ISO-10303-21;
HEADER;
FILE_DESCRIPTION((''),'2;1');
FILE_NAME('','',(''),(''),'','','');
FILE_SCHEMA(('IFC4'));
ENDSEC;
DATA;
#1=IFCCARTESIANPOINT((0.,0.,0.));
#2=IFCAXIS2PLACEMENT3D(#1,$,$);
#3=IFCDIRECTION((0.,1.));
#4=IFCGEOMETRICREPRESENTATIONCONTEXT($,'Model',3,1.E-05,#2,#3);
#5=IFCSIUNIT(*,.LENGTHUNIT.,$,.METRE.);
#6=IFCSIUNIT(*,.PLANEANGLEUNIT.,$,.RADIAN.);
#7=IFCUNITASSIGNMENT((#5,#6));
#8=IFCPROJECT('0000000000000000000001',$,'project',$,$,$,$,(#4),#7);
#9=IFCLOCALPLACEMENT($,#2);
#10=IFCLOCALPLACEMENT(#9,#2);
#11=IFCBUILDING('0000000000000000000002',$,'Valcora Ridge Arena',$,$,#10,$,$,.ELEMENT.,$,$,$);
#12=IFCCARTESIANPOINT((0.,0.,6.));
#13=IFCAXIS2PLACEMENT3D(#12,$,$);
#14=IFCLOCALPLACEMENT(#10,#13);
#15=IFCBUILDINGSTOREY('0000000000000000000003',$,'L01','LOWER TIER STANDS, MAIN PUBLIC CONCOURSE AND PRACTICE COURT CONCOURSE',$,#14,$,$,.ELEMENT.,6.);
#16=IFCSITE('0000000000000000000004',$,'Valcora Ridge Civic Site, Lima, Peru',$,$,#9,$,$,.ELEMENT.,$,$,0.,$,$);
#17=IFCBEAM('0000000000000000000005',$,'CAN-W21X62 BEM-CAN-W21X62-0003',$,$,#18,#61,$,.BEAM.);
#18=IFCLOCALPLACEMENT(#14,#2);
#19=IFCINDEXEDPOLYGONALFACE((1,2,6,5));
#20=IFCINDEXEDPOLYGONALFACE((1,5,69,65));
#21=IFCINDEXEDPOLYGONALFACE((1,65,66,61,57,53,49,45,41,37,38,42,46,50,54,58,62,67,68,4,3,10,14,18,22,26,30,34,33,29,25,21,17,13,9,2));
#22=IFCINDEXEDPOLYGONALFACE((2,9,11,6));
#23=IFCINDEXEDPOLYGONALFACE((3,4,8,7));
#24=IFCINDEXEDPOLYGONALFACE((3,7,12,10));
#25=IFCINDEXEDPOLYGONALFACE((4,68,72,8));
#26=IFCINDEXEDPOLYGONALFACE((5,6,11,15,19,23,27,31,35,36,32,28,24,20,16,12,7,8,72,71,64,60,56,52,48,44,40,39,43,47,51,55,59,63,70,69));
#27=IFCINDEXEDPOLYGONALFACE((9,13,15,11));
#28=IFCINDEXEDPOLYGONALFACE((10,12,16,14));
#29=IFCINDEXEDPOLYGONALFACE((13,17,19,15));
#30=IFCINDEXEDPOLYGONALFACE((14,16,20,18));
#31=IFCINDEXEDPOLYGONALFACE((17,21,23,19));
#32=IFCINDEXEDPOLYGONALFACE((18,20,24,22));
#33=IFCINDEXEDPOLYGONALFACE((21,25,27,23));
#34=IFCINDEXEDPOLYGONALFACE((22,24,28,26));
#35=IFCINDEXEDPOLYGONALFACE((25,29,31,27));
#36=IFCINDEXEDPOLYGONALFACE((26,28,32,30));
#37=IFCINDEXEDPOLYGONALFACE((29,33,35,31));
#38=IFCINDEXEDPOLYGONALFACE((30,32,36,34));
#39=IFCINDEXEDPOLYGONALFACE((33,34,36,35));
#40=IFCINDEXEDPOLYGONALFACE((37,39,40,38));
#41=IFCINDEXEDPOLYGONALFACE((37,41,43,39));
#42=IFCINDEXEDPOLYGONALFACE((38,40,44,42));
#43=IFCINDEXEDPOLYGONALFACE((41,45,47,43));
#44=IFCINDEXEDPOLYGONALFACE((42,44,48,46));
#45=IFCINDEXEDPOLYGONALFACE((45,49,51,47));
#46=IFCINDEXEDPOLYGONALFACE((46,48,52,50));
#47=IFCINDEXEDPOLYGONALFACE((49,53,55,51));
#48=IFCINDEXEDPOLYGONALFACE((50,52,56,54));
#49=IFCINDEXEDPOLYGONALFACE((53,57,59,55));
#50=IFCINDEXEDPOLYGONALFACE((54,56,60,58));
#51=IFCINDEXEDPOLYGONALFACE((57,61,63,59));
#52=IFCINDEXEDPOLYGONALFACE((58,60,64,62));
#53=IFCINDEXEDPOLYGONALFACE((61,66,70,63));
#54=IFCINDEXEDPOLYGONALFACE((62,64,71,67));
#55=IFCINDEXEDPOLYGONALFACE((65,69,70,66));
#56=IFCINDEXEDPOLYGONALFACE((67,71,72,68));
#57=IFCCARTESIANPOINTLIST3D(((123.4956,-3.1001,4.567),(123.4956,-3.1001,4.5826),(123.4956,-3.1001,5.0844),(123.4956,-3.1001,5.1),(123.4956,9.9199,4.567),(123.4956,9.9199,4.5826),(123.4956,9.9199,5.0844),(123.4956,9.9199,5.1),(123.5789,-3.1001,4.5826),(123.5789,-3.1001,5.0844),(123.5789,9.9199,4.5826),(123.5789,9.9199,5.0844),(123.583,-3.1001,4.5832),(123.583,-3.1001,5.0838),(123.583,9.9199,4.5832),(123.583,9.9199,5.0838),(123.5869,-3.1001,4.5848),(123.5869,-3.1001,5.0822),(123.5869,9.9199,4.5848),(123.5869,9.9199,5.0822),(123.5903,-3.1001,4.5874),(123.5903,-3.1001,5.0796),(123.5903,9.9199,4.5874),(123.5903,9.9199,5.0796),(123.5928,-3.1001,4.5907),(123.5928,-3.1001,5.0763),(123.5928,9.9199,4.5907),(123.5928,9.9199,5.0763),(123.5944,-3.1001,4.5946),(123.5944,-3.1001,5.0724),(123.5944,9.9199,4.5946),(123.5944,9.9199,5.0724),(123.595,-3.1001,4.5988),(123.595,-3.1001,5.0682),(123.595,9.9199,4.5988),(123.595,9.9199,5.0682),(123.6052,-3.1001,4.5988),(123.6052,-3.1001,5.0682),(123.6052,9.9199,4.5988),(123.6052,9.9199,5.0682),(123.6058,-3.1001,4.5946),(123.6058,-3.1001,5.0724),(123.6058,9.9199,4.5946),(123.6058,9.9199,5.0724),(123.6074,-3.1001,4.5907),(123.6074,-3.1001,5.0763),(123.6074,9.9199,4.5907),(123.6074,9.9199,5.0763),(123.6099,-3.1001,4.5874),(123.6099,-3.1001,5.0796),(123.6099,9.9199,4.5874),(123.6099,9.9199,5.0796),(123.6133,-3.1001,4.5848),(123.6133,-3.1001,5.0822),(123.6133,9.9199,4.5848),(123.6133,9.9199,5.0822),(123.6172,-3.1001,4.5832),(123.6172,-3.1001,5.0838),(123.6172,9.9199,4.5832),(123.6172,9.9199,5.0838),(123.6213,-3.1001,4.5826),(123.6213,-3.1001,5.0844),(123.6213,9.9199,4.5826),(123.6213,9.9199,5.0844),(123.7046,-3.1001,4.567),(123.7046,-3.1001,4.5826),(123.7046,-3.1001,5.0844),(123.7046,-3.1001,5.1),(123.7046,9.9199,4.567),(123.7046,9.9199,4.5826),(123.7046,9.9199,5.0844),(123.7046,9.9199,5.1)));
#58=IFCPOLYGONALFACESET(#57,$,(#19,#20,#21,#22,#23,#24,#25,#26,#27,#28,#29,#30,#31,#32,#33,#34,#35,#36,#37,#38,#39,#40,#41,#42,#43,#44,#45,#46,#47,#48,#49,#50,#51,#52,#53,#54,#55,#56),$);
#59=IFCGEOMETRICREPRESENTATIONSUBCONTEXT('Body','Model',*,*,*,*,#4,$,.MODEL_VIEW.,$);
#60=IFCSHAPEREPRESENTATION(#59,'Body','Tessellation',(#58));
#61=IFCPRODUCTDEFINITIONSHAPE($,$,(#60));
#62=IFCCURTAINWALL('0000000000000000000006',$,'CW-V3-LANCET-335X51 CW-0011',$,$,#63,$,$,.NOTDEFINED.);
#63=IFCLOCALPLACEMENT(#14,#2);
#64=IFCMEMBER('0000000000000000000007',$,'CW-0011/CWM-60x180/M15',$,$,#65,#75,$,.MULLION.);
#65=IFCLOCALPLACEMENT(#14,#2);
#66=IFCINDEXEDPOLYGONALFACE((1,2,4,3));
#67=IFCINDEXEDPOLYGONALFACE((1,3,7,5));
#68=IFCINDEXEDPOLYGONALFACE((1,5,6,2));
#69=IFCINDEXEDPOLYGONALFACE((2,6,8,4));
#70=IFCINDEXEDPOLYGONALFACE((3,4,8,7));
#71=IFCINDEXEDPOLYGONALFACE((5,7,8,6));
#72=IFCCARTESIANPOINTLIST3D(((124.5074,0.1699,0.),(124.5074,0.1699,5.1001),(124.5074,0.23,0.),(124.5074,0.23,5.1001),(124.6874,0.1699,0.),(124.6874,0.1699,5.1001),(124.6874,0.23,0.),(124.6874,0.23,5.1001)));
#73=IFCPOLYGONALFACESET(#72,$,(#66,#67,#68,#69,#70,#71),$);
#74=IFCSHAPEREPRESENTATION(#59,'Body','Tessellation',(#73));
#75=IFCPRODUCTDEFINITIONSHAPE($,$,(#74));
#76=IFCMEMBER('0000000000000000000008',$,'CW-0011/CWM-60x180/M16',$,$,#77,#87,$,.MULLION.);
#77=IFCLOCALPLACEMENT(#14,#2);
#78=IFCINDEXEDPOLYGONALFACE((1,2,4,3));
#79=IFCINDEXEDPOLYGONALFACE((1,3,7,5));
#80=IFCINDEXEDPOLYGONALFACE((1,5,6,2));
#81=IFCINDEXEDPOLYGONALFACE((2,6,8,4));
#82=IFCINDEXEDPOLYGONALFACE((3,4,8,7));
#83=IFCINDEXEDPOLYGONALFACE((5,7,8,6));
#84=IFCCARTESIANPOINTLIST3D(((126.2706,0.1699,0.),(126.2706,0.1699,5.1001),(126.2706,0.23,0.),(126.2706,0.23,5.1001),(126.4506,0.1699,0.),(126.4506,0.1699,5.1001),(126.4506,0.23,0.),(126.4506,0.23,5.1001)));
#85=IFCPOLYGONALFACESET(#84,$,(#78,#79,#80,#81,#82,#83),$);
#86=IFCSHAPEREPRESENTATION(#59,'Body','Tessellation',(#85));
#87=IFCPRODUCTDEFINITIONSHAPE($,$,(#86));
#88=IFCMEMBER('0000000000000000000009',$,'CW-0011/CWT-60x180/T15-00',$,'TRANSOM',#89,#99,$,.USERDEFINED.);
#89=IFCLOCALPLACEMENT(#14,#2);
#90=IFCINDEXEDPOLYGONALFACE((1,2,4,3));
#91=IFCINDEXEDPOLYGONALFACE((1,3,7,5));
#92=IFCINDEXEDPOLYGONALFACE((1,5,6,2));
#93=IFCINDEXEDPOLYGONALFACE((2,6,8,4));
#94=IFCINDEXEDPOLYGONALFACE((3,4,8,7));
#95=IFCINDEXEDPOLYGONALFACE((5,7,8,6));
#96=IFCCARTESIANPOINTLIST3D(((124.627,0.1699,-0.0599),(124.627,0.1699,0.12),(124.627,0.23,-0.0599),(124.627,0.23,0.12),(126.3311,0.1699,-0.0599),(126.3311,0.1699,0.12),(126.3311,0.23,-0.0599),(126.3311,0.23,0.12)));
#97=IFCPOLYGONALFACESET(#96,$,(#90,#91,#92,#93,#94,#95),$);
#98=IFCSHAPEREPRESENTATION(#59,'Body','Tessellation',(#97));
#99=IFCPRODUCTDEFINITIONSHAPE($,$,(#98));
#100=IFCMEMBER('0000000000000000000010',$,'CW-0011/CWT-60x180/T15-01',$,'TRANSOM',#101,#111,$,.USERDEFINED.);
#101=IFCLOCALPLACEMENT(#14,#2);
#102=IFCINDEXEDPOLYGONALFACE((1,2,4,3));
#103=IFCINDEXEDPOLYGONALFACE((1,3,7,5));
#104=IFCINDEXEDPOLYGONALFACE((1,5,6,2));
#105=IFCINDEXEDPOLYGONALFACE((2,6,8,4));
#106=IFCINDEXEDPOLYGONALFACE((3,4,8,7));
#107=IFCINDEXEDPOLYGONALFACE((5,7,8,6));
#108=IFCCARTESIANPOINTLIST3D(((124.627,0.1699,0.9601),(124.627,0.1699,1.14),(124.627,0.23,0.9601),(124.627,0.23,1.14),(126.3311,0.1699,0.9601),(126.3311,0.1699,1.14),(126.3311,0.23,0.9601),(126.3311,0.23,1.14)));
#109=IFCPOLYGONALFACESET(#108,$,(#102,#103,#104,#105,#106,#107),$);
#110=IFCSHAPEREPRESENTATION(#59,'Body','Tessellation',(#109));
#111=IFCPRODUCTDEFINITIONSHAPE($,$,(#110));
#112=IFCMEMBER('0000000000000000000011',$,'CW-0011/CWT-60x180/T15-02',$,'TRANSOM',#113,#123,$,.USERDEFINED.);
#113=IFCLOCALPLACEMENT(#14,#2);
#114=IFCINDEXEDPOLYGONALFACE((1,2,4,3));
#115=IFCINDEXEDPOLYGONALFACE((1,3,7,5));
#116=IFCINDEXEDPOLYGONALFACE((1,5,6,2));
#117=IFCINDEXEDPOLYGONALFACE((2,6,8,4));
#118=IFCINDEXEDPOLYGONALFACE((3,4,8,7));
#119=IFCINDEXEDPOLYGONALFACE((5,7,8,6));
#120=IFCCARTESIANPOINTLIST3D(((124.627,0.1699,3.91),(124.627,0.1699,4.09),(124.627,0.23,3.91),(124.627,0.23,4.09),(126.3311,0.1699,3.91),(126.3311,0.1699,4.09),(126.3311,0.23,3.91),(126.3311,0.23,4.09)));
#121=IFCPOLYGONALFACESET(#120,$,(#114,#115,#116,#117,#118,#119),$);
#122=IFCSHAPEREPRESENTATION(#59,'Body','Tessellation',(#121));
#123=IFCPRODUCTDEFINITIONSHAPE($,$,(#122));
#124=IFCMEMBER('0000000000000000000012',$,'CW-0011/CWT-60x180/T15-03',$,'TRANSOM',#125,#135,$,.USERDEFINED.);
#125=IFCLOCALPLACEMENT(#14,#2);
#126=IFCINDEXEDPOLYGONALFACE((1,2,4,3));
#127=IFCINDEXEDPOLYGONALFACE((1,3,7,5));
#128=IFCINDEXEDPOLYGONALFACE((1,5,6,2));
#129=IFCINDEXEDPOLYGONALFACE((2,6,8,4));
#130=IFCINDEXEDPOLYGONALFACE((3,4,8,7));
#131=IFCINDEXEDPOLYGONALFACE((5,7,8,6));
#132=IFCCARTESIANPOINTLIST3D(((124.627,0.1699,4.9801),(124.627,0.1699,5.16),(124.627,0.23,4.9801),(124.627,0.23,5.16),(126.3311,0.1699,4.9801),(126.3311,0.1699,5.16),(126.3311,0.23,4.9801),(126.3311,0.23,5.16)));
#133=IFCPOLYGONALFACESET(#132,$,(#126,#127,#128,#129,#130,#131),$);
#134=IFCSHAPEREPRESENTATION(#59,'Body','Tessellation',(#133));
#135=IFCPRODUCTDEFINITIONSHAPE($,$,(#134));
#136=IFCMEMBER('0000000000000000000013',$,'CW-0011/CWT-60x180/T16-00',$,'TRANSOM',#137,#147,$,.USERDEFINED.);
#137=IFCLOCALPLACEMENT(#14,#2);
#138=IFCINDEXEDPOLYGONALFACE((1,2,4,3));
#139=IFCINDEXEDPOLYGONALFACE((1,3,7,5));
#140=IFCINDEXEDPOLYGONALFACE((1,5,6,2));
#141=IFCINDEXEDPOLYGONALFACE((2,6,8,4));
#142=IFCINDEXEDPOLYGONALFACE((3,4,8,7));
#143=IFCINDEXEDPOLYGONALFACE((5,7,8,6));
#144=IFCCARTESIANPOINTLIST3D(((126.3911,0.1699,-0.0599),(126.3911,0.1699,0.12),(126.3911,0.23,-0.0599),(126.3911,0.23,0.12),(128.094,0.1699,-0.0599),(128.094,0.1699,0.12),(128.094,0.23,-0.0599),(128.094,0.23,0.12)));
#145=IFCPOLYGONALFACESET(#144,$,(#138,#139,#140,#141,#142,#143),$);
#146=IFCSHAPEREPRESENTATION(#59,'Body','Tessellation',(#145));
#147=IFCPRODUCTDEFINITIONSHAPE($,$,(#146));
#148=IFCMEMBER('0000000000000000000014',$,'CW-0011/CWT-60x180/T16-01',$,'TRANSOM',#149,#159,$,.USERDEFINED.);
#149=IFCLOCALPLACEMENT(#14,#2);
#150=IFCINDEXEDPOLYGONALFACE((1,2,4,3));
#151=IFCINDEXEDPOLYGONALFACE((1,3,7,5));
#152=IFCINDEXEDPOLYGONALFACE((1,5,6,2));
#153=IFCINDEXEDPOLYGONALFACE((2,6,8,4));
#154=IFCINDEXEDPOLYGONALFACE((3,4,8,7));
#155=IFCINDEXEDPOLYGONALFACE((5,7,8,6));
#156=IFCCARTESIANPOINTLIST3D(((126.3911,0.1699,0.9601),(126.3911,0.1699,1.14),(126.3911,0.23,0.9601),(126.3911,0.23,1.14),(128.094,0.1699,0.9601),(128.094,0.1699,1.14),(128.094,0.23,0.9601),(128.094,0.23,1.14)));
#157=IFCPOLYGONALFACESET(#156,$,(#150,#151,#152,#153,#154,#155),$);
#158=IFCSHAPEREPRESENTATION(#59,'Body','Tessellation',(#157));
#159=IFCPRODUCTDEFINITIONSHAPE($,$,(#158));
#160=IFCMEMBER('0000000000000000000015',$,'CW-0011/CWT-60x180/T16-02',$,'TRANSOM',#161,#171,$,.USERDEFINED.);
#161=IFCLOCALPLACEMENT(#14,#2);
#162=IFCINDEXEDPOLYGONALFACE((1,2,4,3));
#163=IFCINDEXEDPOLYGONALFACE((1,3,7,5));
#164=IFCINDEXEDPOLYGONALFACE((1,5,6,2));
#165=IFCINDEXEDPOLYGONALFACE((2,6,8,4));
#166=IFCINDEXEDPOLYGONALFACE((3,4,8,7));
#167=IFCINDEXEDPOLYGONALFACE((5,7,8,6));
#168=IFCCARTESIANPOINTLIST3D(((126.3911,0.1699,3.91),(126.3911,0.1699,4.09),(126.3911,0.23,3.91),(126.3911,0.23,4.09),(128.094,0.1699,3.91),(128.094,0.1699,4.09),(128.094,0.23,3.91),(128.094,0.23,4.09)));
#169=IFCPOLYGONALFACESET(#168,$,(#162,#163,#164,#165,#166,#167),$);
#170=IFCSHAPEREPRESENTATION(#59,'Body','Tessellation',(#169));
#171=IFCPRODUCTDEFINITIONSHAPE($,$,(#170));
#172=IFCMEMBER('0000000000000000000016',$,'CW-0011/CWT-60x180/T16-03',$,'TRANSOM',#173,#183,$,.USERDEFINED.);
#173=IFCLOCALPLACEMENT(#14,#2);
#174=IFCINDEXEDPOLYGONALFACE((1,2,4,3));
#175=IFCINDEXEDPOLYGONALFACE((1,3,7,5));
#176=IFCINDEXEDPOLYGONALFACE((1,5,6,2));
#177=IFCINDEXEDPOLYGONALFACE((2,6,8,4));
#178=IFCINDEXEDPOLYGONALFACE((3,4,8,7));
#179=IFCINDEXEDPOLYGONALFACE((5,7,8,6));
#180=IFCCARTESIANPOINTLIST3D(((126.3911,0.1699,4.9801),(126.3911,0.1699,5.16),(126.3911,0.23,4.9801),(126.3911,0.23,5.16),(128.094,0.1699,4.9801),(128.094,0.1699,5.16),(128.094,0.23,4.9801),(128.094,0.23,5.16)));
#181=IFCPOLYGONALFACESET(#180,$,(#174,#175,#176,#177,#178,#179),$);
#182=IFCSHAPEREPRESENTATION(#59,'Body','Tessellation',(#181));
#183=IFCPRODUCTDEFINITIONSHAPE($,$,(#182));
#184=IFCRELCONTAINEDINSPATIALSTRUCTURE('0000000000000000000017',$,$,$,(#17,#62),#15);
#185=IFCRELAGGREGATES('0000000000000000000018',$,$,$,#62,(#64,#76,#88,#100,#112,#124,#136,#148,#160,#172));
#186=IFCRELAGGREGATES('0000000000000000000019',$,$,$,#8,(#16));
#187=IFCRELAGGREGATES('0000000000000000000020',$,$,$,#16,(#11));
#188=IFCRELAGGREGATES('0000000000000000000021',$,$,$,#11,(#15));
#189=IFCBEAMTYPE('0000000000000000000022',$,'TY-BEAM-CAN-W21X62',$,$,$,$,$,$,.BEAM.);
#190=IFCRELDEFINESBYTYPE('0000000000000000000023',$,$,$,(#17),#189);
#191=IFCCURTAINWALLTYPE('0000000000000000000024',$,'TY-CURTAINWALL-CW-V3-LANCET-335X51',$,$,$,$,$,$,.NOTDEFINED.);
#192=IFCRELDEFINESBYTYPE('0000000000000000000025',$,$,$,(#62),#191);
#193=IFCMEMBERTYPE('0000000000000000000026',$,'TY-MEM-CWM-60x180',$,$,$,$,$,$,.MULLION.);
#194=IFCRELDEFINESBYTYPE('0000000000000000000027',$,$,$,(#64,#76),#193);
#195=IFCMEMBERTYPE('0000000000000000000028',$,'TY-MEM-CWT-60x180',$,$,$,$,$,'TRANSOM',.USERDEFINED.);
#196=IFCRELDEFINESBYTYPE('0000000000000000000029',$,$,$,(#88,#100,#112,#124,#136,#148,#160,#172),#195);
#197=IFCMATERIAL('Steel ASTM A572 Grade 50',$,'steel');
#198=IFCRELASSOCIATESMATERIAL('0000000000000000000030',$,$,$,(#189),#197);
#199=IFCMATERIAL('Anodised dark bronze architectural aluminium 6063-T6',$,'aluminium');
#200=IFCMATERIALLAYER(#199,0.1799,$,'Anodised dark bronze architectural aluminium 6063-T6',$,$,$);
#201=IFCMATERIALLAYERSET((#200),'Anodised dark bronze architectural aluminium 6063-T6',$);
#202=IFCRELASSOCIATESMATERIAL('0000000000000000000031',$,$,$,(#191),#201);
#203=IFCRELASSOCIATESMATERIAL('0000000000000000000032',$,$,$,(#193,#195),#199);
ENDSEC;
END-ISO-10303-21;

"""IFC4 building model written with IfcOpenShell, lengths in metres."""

from ifc_helpers import new_model, si_unit, direction, frame, origin, origin_2d, place, context, subcontext, project, spatial, rectangle, i_section, extrude, material, layer, layer_set, material_profile, profile_set, type_object, element, aggregate, save


model = new_model("IFC4")

# Units and contexts
model_context = context("Model", 3, precision=1e-05, world=origin(), true_north=direction((0.0, 1.0)))
body_context = subcontext(model_context, "Body", "Model", "MODEL_VIEW")
ifc_project = project(units=[si_unit("LENGTHUNIT", "METRE"), si_unit("PLANEANGLEUNIT", "RADIAN")], contexts=[model_context])

# Site, building, storey
site_placement = place(None, origin())
site = spatial("IfcSite", under=ifc_project, at=site_placement, Name="Valcora Ridge Civic Site, Lima, Peru", CompositionType="ELEMENT", RefElevation=0.0)
building_placement = place(site_placement, origin())
building = spatial("IfcBuilding", under=site, at=building_placement, Name="Valcora Ridge Arena", CompositionType="ELEMENT")
storey_placement = place(building_placement, frame((0.0, 0.0, 6.0)))
storey = spatial("IfcBuildingStorey", under=building, at=storey_placement, Name="L01", Description="LOWER TIER STANDS, MAIN PUBLIC CONCOURSE AND PRACTICE COURT CONCOURSE", CompositionType="ELEMENT", Elevation=6.0)

# Beam
ifc_material_1 = material(Name="Steel ASTM A572 Grade 50", Category="steel")
ifc_material_profile_1 = material_profile(ifc_material_1, i_section(OverallWidth=0.209, OverallDepth=0.533, WebThickness=0.0103, FlangeThickness=0.0156, FilletRadius=0.0161, at=origin_2d()), Name="W21X62")
ifc_profile_set_1 = profile_set([ifc_material_profile_1], Name="Steel ASTM A572 Grade 50")
beam_type = type_object("IfcBeamType", Name="TY-BEAM-CAN-W21X62", PredefinedType="BEAM", material=ifc_profile_set_1)
beam_placement = place(storey_placement, frame((123.6001, -3.1001, 4.8335), z_axis=(0.0, 1.0, 0.0), x_axis=(-1.0, 0.0, 0.0)))
element("IfcBeam", 1, at=beam_placement, inside=storey, type_object=beam_type, Name="CAN-W21X62 BEM-CAN-W21X62-0003", PredefinedType="BEAM", context=body_context, shape_type="SweptSolid", body=[
    extrude(i_section(OverallWidth=0.209, OverallDepth=0.533, WebThickness=0.0103, FlangeThickness=0.0156, FilletRadius=0.0161, at=origin_2d()), origin(), (0.0, 0.0, 1.0), 13.02),
])

# Curtain wall, members
ifc_material_2 = material(Name="Anodised dark bronze architectural aluminium 6063-T6", Category="aluminium")
ifc_layer_1 = layer(ifc_material_2, 0.1799, Name="Anodised dark bronze architectural aluminium 6063-T6")
ifc_layer_set_1 = layer_set([ifc_layer_1], Name="Anodised dark bronze architectural aluminium 6063-T6")
curtain_wall_type = type_object("IfcCurtainWallType", Name="TY-CURTAINWALL-CW-V3-LANCET-335X51", PredefinedType="NOTDEFINED", material=ifc_layer_set_1)
curtain_wall_placement = place(storey_placement, origin())
curtain_wall = element("IfcCurtainWall", 2, at=curtain_wall_placement, inside=storey, type_object=curtain_wall_type, Name="CW-V3-LANCET-335X51 CW-0011", PredefinedType="NOTDEFINED")
ifc_material_profile_2 = material_profile(ifc_material_2, rectangle(XDim=0.0601, YDim=0.1799, at=origin_2d()), Name="ALU MULLION 60x180")
ifc_profile_set_2 = profile_set([ifc_material_profile_2], Name="Anodised dark bronze architectural aluminium 6063-T6")
member_type_1 = type_object("IfcMemberType", Name="TY-MEM-CWM-60x180", PredefinedType="MULLION", material=ifc_profile_set_2)
member_1_placement = place(storey_placement, frame((124.5974, 0.2, 0.0), z_axis=(0.0, 0.0, 1.0), x_axis=(0.0, 1.0, 0.0)))
member_1 = element("IfcMember", 3, at=member_1_placement, type_object=member_type_1, Name="CW-0011/CWM-60x180/M15", PredefinedType="MULLION", context=body_context, shape_type="SweptSolid", body=[
    extrude(rectangle(XDim=0.0601, YDim=0.1799, at=origin_2d()), origin(), (0.0, 0.0, 1.0), 5.1001),
])
member_2_placement = place(storey_placement, frame((126.3606, 0.2, 0.0), z_axis=(0.0, 0.0, 1.0), x_axis=(0.0, 1.0, 0.0)))
member_2 = element("IfcMember", 4, at=member_2_placement, type_object=member_type_1, Name="CW-0011/CWM-60x180/M16", PredefinedType="MULLION", context=body_context, shape_type="SweptSolid", body=[
    extrude(rectangle(XDim=0.0601, YDim=0.1799, at=origin_2d()), origin(), (0.0, 0.0, 1.0), 5.1001),
])
ifc_material_profile_3 = material_profile(ifc_material_2, rectangle(XDim=0.0601, YDim=0.1799, at=origin_2d()), Name="ALU TRANSOM 60x180")
ifc_profile_set_3 = profile_set([ifc_material_profile_3], Name="Anodised dark bronze architectural aluminium 6063-T6")
member_type_2 = type_object("IfcMemberType", Name="TY-MEM-CWT-60x180", ElementType="TRANSOM", PredefinedType="USERDEFINED", material=ifc_profile_set_3)
member_3_placement = place(storey_placement, frame((124.627, 0.2, 0.03), z_axis=(1.0, 0.0, 0.0), x_axis=(0.0, 1.0, 0.0)))
member_3 = element("IfcMember", 5, at=member_3_placement, type_object=member_type_2, Name="CW-0011/CWT-60x180/T15-00", ObjectType="TRANSOM", PredefinedType="USERDEFINED", context=body_context, shape_type="SweptSolid", body=[
    extrude(rectangle(XDim=0.0601, YDim=0.1799, at=origin_2d()), origin(), (0.0, 0.0, 1.0), 1.7041),
])
member_4_placement = place(storey_placement, frame((124.627, 0.2, 1.05), z_axis=(1.0, 0.0, 0.0), x_axis=(0.0, 1.0, 0.0)))
member_4 = element("IfcMember", 6, at=member_4_placement, type_object=member_type_2, Name="CW-0011/CWT-60x180/T15-01", ObjectType="TRANSOM", PredefinedType="USERDEFINED", context=body_context, shape_type="SweptSolid", body=[
    extrude(rectangle(XDim=0.0601, YDim=0.1799, at=origin_2d()), origin(), (0.0, 0.0, 1.0), 1.7041),
])
member_5_placement = place(storey_placement, frame((124.627, 0.2, 4.0), z_axis=(1.0, 0.0, 0.0), x_axis=(0.0, 1.0, 0.0)))
member_5 = element("IfcMember", 7, at=member_5_placement, type_object=member_type_2, Name="CW-0011/CWT-60x180/T15-02", ObjectType="TRANSOM", PredefinedType="USERDEFINED", context=body_context, shape_type="SweptSolid", body=[
    extrude(rectangle(XDim=0.0601, YDim=0.1799, at=origin_2d()), origin(), (0.0, 0.0, 1.0), 1.7041),
])
member_6_placement = place(storey_placement, frame((124.627, 0.2, 5.0701), z_axis=(1.0, 0.0, 0.0), x_axis=(0.0, 1.0, 0.0)))
member_6 = element("IfcMember", 8, at=member_6_placement, type_object=member_type_2, Name="CW-0011/CWT-60x180/T15-03", ObjectType="TRANSOM", PredefinedType="USERDEFINED", context=body_context, shape_type="SweptSolid", body=[
    extrude(rectangle(XDim=0.0601, YDim=0.1799, at=origin_2d()), origin(), (0.0, 0.0, 1.0), 1.7041),
])
member_7_placement = place(storey_placement, frame((126.3911, 0.2, 0.03), z_axis=(1.0, 0.0, 0.0), x_axis=(0.0, 1.0, 0.0)))
member_7 = element("IfcMember", 9, at=member_7_placement, type_object=member_type_2, Name="CW-0011/CWT-60x180/T16-00", ObjectType="TRANSOM", PredefinedType="USERDEFINED", context=body_context, shape_type="SweptSolid", body=[
    extrude(rectangle(XDim=0.0601, YDim=0.1799, at=origin_2d()), origin(), (0.0, 0.0, 1.0), 1.7029),
])
member_8_placement = place(storey_placement, frame((126.3911, 0.2, 1.05), z_axis=(1.0, 0.0, 0.0), x_axis=(0.0, 1.0, 0.0)))
member_8 = element("IfcMember", 10, at=member_8_placement, type_object=member_type_2, Name="CW-0011/CWT-60x180/T16-01", ObjectType="TRANSOM", PredefinedType="USERDEFINED", context=body_context, shape_type="SweptSolid", body=[
    extrude(rectangle(XDim=0.0601, YDim=0.1799, at=origin_2d()), origin(), (0.0, 0.0, 1.0), 1.7029),
])
member_9_placement = place(storey_placement, frame((126.3911, 0.2, 4.0), z_axis=(1.0, 0.0, 0.0), x_axis=(0.0, 1.0, 0.0)))
member_9 = element("IfcMember", 11, at=member_9_placement, type_object=member_type_2, Name="CW-0011/CWT-60x180/T16-02", ObjectType="TRANSOM", PredefinedType="USERDEFINED", context=body_context, shape_type="SweptSolid", body=[
    extrude(rectangle(XDim=0.0601, YDim=0.1799, at=origin_2d()), origin(), (0.0, 0.0, 1.0), 1.7029),
])
member_10_placement = place(storey_placement, frame((126.3911, 0.2, 5.0701), z_axis=(1.0, 0.0, 0.0), x_axis=(0.0, 1.0, 0.0)))
member_10 = element("IfcMember", 12, at=member_10_placement, type_object=member_type_2, Name="CW-0011/CWT-60x180/T16-03", ObjectType="TRANSOM", PredefinedType="USERDEFINED", context=body_context, shape_type="SweptSolid", body=[
    extrude(rectangle(XDim=0.0601, YDim=0.1799, at=origin_2d()), origin(), (0.0, 0.0, 1.0), 1.7029),
])
aggregate(curtain_wall, [member_1, member_2, member_3, member_4, member_5, member_6, member_7, member_8, member_9, member_10])

save(model, "model.ifc")
